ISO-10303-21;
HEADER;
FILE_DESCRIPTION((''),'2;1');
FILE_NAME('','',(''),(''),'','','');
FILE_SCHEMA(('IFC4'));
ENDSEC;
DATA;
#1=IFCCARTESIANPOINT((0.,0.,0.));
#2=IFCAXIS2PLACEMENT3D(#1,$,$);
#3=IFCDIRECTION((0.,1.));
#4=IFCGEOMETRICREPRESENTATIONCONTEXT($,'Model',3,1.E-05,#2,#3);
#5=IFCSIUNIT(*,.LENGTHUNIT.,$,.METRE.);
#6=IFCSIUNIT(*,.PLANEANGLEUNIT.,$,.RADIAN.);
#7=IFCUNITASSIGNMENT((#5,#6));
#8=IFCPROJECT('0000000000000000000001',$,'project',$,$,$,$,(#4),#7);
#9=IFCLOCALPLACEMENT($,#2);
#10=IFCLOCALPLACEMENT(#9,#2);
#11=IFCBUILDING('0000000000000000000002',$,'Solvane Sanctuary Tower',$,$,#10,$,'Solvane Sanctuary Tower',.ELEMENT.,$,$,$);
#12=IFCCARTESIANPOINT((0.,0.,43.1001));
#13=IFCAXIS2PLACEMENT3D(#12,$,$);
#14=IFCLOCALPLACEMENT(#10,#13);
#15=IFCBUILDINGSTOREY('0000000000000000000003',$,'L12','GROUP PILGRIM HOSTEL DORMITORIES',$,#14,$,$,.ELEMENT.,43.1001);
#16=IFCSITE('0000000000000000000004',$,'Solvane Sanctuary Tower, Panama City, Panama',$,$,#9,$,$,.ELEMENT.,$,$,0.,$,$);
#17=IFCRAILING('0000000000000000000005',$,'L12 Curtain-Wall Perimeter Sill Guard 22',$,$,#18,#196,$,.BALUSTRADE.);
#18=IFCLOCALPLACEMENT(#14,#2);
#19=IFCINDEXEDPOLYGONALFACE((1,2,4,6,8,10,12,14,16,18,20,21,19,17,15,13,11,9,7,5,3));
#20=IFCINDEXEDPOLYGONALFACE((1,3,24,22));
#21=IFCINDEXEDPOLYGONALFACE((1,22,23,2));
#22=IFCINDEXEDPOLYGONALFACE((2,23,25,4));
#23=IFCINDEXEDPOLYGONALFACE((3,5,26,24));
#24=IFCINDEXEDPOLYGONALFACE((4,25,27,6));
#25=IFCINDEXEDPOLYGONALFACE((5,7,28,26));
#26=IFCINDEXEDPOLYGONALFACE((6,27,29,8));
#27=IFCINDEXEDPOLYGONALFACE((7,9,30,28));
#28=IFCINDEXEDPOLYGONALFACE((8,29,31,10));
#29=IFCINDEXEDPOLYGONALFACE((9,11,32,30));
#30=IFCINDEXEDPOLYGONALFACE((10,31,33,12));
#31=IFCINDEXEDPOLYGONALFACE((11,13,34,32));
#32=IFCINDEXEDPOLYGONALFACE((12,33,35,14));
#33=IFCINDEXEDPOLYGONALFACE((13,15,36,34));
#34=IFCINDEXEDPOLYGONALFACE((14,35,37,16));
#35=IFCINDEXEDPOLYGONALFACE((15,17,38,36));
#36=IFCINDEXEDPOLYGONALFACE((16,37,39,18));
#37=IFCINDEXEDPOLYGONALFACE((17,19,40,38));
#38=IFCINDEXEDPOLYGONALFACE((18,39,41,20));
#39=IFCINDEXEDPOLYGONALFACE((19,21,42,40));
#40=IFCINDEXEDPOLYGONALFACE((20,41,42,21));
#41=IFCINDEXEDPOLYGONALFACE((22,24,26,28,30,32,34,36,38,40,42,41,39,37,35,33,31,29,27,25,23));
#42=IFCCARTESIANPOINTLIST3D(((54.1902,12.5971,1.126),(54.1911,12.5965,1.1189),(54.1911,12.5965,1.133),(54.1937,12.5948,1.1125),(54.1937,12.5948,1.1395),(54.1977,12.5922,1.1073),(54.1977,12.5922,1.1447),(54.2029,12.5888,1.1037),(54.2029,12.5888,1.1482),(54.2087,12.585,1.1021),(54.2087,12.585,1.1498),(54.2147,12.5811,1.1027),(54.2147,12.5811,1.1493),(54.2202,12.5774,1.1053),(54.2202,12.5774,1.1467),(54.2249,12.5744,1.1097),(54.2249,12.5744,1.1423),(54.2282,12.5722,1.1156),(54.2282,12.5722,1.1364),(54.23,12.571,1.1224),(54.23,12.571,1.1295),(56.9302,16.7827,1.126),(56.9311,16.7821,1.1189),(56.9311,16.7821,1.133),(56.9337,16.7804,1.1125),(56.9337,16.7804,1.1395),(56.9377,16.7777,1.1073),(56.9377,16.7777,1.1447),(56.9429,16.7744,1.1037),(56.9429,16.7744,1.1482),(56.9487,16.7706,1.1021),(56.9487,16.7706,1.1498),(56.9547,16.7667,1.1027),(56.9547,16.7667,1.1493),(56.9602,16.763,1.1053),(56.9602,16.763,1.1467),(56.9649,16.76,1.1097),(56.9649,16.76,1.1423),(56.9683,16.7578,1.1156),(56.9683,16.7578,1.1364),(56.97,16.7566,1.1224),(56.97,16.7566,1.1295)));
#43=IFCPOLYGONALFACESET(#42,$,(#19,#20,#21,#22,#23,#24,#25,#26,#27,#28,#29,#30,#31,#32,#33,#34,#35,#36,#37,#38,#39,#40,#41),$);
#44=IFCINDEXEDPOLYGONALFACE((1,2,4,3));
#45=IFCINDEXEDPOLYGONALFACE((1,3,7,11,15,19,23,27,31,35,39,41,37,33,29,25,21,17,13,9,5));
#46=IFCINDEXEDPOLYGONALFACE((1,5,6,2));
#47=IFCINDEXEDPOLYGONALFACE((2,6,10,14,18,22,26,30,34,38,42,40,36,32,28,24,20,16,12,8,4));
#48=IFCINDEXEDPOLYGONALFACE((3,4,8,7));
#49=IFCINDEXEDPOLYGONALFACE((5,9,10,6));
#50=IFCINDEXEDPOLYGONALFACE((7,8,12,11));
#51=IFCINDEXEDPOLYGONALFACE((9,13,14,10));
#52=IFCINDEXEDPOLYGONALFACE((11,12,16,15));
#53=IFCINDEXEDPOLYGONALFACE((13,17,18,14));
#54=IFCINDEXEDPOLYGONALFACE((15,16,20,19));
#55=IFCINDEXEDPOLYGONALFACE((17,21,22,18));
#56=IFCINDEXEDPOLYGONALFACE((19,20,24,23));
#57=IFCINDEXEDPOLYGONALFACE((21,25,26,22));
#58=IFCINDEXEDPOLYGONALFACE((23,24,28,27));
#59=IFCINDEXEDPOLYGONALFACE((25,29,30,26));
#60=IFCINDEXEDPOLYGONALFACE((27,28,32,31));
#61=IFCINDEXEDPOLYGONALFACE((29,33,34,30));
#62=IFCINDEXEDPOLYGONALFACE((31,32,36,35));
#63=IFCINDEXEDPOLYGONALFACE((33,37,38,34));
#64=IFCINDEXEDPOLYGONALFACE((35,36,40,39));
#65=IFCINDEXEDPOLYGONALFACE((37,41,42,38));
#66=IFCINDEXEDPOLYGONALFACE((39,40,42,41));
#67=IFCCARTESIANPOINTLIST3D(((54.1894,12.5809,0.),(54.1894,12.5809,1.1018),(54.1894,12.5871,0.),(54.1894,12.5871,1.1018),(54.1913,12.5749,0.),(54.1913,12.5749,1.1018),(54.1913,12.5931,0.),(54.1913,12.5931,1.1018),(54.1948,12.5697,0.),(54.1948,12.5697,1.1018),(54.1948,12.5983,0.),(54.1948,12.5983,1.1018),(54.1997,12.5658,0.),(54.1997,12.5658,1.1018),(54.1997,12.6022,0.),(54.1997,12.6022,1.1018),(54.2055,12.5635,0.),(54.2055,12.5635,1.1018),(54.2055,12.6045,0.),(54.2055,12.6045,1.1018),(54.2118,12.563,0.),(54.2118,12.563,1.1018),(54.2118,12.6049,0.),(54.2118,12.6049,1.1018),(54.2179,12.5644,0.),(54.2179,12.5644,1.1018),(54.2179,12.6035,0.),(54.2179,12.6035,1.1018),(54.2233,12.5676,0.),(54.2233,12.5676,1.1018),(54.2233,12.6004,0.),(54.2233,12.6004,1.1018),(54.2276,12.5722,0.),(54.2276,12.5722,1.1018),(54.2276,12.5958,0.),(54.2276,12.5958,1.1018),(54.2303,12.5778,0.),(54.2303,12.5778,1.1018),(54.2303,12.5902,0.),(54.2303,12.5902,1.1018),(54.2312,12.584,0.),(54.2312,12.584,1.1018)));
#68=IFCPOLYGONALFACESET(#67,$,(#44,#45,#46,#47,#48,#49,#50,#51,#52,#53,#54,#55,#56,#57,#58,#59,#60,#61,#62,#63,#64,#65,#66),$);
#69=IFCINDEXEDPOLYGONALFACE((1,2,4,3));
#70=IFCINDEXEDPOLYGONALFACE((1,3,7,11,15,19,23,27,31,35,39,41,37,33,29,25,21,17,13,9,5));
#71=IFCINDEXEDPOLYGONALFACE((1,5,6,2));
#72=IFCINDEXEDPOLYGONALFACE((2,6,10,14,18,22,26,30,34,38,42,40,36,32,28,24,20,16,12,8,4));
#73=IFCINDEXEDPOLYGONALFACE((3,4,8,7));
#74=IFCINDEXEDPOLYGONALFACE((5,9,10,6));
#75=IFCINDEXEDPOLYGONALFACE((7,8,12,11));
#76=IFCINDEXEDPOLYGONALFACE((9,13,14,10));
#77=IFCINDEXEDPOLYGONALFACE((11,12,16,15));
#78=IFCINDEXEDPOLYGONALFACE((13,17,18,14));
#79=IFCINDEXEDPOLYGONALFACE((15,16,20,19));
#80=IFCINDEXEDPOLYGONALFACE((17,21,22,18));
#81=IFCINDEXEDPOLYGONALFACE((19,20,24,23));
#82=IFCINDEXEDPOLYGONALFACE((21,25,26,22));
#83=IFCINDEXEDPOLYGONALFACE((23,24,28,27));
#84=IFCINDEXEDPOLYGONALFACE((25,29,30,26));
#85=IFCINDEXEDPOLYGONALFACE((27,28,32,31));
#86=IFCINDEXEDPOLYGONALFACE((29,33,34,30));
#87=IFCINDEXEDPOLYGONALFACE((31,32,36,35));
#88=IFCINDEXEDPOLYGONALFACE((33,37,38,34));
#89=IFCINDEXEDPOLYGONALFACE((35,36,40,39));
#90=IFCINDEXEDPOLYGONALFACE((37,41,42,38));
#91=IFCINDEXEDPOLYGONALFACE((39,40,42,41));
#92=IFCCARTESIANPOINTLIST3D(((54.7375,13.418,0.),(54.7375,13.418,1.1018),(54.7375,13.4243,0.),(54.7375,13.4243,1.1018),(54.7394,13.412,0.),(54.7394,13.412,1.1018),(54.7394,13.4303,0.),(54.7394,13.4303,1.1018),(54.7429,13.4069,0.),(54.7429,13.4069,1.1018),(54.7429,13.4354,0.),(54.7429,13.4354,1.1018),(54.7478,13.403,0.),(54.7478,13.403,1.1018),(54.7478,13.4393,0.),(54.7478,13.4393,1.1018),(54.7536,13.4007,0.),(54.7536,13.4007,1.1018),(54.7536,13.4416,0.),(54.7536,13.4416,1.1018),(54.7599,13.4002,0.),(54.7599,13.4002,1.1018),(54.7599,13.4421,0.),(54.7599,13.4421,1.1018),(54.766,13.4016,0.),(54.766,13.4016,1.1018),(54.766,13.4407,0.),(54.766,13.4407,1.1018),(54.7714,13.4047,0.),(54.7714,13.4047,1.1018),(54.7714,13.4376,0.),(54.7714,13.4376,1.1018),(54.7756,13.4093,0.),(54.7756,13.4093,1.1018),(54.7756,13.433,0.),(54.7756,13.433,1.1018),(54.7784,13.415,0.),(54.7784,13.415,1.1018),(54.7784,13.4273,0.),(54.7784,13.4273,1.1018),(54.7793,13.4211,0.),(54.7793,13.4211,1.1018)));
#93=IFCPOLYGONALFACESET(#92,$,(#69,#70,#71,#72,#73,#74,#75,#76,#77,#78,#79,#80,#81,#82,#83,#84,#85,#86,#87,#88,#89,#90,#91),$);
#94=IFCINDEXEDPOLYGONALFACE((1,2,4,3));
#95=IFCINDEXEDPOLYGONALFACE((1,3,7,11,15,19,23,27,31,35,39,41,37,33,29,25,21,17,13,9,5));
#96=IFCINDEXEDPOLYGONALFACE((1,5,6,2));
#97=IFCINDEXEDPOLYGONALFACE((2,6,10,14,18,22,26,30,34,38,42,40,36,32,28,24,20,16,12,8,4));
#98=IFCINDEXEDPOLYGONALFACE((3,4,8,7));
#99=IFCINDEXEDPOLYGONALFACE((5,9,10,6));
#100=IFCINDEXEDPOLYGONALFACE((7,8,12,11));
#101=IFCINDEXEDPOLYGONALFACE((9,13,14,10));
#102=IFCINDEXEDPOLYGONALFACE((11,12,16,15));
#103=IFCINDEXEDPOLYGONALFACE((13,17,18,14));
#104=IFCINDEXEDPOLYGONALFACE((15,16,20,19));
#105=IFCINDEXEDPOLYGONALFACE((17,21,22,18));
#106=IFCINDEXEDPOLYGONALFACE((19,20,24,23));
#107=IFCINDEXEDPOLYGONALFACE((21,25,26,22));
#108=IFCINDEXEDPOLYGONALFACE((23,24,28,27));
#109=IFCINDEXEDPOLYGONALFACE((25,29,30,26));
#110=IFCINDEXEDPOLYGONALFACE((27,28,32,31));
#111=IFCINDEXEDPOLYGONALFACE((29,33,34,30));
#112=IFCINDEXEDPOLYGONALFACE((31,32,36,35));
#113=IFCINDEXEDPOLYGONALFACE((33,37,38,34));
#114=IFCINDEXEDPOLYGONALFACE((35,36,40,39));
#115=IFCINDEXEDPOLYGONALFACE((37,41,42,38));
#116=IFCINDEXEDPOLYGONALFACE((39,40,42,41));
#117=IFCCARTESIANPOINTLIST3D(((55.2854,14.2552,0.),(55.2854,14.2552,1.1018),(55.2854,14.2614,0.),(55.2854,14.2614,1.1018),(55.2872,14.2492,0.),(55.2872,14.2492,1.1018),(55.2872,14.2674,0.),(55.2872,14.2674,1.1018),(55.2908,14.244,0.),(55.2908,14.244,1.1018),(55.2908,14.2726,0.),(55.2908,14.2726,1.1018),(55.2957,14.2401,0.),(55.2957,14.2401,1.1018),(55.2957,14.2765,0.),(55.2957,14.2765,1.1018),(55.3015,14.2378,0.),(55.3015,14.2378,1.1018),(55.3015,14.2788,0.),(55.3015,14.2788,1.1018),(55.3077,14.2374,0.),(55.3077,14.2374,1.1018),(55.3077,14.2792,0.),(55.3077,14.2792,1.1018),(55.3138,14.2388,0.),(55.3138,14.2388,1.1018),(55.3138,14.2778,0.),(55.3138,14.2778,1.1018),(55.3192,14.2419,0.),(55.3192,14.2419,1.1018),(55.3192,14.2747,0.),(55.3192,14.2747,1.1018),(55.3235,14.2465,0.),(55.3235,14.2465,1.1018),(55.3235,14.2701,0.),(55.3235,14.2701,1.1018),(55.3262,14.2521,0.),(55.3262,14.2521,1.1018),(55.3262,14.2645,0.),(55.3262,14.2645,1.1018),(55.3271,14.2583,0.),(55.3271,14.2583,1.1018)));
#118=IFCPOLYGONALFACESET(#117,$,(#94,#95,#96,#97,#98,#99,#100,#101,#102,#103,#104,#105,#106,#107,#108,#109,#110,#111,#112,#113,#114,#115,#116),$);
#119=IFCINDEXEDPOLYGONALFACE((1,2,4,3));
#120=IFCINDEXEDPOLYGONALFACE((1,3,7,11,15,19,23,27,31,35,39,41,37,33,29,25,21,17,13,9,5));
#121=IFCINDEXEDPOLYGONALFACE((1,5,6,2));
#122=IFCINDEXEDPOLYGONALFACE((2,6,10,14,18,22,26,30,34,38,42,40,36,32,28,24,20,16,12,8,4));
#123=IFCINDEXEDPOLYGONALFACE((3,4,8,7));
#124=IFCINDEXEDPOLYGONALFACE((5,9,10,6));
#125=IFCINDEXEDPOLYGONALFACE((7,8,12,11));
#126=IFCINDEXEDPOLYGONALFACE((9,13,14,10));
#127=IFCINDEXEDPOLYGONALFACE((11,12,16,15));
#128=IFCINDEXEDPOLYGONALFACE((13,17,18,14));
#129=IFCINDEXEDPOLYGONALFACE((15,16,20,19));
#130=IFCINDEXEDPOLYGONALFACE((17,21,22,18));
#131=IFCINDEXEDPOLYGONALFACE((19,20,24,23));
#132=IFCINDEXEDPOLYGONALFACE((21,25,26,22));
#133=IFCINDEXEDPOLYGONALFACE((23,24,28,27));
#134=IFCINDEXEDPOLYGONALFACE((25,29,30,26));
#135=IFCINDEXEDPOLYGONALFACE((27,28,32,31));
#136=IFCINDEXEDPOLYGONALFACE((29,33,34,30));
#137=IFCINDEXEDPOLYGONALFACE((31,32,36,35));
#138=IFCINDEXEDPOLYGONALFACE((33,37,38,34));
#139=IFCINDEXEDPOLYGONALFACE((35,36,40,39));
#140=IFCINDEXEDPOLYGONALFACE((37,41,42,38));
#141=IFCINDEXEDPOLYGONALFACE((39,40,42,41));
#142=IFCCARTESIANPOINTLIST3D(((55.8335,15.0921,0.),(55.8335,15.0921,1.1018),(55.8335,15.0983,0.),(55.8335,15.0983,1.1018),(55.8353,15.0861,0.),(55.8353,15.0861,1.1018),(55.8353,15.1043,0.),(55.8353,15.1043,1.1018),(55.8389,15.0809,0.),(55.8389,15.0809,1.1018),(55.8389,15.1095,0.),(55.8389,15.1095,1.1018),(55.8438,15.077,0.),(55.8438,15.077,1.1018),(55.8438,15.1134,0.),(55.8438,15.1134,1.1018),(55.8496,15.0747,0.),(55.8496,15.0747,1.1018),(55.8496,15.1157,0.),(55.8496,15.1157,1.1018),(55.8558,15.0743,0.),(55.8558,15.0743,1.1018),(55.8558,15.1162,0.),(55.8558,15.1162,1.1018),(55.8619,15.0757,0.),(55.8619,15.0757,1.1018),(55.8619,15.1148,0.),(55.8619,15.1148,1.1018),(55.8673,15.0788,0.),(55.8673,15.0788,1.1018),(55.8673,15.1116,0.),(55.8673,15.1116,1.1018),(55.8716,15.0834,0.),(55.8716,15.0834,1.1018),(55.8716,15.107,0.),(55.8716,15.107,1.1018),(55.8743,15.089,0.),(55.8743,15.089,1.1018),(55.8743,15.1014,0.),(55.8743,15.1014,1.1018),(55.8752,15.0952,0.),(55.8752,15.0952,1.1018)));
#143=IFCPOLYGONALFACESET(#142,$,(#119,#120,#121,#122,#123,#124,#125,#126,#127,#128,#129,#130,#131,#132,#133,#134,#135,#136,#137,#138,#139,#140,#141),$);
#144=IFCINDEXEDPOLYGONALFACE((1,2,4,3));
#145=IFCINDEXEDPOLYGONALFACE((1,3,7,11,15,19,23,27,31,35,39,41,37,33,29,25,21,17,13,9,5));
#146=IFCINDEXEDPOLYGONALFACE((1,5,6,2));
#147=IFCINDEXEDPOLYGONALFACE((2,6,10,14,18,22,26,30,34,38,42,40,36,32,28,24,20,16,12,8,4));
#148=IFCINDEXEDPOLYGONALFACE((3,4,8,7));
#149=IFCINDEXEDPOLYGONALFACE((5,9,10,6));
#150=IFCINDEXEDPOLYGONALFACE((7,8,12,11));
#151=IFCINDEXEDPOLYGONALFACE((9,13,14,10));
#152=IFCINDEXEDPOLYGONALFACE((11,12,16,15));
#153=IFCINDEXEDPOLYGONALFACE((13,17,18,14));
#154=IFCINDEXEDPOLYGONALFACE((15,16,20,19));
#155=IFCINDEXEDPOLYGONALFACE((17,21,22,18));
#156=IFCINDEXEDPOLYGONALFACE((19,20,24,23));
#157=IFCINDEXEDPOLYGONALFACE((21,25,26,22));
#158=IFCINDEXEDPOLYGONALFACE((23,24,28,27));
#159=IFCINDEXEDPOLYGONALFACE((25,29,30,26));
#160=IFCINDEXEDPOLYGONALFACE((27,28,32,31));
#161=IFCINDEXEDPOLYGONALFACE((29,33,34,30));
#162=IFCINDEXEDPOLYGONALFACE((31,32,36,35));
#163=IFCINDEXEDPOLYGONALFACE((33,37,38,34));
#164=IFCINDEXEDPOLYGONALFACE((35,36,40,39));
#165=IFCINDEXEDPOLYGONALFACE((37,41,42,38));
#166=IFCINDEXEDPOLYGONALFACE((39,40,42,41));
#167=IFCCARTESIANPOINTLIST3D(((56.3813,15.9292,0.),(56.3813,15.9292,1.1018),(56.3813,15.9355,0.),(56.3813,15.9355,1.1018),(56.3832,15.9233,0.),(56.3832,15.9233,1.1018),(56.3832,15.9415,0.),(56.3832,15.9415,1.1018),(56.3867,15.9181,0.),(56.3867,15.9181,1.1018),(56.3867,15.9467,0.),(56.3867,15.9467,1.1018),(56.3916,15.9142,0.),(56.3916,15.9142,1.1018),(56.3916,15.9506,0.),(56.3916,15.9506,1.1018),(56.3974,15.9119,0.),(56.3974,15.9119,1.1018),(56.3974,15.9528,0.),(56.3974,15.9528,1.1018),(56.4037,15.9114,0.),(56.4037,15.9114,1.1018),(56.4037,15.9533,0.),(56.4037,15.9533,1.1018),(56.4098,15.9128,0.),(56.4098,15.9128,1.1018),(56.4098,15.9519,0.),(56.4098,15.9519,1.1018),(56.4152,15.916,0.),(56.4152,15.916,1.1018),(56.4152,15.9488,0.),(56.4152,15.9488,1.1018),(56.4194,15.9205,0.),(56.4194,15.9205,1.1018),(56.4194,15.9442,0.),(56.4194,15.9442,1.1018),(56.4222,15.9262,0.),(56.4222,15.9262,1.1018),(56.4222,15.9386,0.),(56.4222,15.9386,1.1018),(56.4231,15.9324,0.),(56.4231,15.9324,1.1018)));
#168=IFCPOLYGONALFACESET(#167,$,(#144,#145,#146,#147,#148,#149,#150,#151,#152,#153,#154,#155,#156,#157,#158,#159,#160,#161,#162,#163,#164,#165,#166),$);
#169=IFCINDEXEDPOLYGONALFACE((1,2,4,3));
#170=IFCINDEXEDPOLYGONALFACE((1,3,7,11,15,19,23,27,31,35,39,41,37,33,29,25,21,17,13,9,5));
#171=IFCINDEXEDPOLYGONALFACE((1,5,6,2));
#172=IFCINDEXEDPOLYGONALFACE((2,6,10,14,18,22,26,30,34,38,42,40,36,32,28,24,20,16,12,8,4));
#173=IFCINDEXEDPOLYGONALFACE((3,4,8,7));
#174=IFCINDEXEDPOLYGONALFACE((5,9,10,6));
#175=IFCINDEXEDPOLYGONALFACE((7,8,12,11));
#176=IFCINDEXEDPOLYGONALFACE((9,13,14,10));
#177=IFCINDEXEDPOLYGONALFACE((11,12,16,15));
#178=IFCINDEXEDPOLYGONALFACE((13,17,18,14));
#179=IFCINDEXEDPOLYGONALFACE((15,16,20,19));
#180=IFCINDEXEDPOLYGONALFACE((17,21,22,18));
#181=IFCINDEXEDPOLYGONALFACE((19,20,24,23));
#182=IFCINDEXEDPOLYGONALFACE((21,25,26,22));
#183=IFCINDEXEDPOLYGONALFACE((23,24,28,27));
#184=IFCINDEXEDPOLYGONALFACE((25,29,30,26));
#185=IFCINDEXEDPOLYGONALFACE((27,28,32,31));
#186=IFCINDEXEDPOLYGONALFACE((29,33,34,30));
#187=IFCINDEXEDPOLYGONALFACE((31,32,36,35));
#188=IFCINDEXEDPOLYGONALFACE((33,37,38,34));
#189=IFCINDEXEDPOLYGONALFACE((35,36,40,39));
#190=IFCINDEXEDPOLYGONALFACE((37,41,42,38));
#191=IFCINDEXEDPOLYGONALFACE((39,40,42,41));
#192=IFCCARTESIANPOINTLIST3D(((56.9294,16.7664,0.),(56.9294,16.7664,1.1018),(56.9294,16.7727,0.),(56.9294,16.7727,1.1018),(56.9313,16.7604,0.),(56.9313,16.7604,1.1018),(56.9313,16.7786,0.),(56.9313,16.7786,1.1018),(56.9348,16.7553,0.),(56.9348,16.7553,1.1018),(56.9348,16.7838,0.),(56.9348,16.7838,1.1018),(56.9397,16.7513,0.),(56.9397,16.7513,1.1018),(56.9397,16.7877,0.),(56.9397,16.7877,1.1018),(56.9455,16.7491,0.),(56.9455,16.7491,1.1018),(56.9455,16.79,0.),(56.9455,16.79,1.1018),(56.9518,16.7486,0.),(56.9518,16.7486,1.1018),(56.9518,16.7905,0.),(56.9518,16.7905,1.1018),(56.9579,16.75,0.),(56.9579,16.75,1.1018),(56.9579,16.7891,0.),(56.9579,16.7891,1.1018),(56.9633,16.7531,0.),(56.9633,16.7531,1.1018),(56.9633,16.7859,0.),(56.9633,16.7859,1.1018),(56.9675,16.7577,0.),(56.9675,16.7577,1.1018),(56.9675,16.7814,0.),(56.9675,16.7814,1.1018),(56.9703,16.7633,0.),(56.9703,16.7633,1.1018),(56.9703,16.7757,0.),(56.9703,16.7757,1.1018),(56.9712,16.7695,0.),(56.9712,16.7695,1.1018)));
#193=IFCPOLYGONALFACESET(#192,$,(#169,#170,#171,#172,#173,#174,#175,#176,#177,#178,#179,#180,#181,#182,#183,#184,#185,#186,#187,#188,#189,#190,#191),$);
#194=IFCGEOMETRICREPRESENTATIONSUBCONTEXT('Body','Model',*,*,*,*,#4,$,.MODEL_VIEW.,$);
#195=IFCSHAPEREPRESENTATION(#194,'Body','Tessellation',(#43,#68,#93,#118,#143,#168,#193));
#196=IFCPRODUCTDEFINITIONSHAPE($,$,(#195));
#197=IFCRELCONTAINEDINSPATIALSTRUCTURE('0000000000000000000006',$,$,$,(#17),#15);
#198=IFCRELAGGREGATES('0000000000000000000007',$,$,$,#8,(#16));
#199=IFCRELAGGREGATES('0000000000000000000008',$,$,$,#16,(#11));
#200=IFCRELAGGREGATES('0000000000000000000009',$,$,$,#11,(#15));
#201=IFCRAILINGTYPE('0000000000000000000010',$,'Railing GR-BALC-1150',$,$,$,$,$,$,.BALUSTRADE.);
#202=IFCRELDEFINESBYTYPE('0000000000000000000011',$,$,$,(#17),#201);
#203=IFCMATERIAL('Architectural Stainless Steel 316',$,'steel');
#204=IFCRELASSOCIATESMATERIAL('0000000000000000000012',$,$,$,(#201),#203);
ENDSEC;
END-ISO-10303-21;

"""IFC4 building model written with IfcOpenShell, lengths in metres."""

from ifc_helpers import new_model, si_unit, direction, frame, origin, origin_2d, place, context, subcontext, project, spatial, circle, extrude, material, type_object, element, save


model = new_model("IFC4")

# Units and contexts
model_context = context("Model", 3, precision=1e-05, world=origin(), true_north=direction((0.0, 1.0)))
body_context = subcontext(model_context, "Body", "Model", "MODEL_VIEW")
ifc_project = project(units=[si_unit("LENGTHUNIT", "METRE"), si_unit("PLANEANGLEUNIT", "RADIAN")], contexts=[model_context])

# Site, building, storey
site_placement = place(None, origin())
site = spatial("IfcSite", under=ifc_project, at=site_placement, Name="Solvane Sanctuary Tower, Panama City, Panama", CompositionType="ELEMENT", RefElevation=0.0)
building_placement = place(site_placement, origin())
building = spatial("IfcBuilding", under=site, at=building_placement, Name="Solvane Sanctuary Tower", LongName="Solvane Sanctuary Tower", CompositionType="ELEMENT")
storey_placement = place(building_placement, frame((0.0, 0.0, 43.1001)))
storey = spatial("IfcBuildingStorey", under=building, at=storey_placement, Name="L12", Description="GROUP PILGRIM HOSTEL DORMITORIES", CompositionType="ELEMENT", Elevation=43.1001)

# Shared definitions
ifc_material_1 = material(Name="Architectural Stainless Steel 316", Category="steel")

# Railing
railing_type_1 = type_object("IfcRailingType", Name="Railing GR-BALC-1150", PredefinedType="BALUSTRADE", material=ifc_material_1)
railing_1_placement = place(storey_placement, frame((54.2102, 12.584, 0.0)))
element("IfcRailing", 1, at=railing_1_placement, inside=storey, type_object=railing_type_1, Name="L12 Curtain-Wall Perimeter Sill Guard 22", PredefinedType="BALUSTRADE", context=body_context, shape_type="SweptSolid", body=[
    extrude(circle(Radius=0.0239, at=origin_2d()), frame((0.0, 0.0, 1.126), z_axis=(0.547709, 0.836669, 0.0), x_axis=(-0.836669, 0.547709, 0.0)), (0.0, 0.0, 1.0), 5.0027),
    extrude(circle(Radius=0.021, at=origin_2d()), origin(), (0.0, 0.0, 1.0), 1.1018),
    extrude(circle(Radius=0.021, at=origin_2d()), frame((0.5481, 0.8372, 0.0)), (0.0, 0.0, 1.0), 1.1018),
    extrude(circle(Radius=0.021, at=origin_2d()), frame((1.0959, 1.6743, 0.0)), (0.0, 0.0, 1.0), 1.1018),
    extrude(circle(Radius=0.021, at=origin_2d()), frame((1.644, 2.5112, 0.0)), (0.0, 0.0, 1.0), 1.1018),
    extrude(circle(Radius=0.021, at=origin_2d()), frame((2.1919, 3.3484, 0.0)), (0.0, 0.0, 1.0), 1.1018),
    extrude(circle(Radius=0.021, at=origin_2d()), frame((2.74, 4.1855, 0.0)), (0.0, 0.0, 1.0), 1.1018),
])

save(model, "model.ifc")
